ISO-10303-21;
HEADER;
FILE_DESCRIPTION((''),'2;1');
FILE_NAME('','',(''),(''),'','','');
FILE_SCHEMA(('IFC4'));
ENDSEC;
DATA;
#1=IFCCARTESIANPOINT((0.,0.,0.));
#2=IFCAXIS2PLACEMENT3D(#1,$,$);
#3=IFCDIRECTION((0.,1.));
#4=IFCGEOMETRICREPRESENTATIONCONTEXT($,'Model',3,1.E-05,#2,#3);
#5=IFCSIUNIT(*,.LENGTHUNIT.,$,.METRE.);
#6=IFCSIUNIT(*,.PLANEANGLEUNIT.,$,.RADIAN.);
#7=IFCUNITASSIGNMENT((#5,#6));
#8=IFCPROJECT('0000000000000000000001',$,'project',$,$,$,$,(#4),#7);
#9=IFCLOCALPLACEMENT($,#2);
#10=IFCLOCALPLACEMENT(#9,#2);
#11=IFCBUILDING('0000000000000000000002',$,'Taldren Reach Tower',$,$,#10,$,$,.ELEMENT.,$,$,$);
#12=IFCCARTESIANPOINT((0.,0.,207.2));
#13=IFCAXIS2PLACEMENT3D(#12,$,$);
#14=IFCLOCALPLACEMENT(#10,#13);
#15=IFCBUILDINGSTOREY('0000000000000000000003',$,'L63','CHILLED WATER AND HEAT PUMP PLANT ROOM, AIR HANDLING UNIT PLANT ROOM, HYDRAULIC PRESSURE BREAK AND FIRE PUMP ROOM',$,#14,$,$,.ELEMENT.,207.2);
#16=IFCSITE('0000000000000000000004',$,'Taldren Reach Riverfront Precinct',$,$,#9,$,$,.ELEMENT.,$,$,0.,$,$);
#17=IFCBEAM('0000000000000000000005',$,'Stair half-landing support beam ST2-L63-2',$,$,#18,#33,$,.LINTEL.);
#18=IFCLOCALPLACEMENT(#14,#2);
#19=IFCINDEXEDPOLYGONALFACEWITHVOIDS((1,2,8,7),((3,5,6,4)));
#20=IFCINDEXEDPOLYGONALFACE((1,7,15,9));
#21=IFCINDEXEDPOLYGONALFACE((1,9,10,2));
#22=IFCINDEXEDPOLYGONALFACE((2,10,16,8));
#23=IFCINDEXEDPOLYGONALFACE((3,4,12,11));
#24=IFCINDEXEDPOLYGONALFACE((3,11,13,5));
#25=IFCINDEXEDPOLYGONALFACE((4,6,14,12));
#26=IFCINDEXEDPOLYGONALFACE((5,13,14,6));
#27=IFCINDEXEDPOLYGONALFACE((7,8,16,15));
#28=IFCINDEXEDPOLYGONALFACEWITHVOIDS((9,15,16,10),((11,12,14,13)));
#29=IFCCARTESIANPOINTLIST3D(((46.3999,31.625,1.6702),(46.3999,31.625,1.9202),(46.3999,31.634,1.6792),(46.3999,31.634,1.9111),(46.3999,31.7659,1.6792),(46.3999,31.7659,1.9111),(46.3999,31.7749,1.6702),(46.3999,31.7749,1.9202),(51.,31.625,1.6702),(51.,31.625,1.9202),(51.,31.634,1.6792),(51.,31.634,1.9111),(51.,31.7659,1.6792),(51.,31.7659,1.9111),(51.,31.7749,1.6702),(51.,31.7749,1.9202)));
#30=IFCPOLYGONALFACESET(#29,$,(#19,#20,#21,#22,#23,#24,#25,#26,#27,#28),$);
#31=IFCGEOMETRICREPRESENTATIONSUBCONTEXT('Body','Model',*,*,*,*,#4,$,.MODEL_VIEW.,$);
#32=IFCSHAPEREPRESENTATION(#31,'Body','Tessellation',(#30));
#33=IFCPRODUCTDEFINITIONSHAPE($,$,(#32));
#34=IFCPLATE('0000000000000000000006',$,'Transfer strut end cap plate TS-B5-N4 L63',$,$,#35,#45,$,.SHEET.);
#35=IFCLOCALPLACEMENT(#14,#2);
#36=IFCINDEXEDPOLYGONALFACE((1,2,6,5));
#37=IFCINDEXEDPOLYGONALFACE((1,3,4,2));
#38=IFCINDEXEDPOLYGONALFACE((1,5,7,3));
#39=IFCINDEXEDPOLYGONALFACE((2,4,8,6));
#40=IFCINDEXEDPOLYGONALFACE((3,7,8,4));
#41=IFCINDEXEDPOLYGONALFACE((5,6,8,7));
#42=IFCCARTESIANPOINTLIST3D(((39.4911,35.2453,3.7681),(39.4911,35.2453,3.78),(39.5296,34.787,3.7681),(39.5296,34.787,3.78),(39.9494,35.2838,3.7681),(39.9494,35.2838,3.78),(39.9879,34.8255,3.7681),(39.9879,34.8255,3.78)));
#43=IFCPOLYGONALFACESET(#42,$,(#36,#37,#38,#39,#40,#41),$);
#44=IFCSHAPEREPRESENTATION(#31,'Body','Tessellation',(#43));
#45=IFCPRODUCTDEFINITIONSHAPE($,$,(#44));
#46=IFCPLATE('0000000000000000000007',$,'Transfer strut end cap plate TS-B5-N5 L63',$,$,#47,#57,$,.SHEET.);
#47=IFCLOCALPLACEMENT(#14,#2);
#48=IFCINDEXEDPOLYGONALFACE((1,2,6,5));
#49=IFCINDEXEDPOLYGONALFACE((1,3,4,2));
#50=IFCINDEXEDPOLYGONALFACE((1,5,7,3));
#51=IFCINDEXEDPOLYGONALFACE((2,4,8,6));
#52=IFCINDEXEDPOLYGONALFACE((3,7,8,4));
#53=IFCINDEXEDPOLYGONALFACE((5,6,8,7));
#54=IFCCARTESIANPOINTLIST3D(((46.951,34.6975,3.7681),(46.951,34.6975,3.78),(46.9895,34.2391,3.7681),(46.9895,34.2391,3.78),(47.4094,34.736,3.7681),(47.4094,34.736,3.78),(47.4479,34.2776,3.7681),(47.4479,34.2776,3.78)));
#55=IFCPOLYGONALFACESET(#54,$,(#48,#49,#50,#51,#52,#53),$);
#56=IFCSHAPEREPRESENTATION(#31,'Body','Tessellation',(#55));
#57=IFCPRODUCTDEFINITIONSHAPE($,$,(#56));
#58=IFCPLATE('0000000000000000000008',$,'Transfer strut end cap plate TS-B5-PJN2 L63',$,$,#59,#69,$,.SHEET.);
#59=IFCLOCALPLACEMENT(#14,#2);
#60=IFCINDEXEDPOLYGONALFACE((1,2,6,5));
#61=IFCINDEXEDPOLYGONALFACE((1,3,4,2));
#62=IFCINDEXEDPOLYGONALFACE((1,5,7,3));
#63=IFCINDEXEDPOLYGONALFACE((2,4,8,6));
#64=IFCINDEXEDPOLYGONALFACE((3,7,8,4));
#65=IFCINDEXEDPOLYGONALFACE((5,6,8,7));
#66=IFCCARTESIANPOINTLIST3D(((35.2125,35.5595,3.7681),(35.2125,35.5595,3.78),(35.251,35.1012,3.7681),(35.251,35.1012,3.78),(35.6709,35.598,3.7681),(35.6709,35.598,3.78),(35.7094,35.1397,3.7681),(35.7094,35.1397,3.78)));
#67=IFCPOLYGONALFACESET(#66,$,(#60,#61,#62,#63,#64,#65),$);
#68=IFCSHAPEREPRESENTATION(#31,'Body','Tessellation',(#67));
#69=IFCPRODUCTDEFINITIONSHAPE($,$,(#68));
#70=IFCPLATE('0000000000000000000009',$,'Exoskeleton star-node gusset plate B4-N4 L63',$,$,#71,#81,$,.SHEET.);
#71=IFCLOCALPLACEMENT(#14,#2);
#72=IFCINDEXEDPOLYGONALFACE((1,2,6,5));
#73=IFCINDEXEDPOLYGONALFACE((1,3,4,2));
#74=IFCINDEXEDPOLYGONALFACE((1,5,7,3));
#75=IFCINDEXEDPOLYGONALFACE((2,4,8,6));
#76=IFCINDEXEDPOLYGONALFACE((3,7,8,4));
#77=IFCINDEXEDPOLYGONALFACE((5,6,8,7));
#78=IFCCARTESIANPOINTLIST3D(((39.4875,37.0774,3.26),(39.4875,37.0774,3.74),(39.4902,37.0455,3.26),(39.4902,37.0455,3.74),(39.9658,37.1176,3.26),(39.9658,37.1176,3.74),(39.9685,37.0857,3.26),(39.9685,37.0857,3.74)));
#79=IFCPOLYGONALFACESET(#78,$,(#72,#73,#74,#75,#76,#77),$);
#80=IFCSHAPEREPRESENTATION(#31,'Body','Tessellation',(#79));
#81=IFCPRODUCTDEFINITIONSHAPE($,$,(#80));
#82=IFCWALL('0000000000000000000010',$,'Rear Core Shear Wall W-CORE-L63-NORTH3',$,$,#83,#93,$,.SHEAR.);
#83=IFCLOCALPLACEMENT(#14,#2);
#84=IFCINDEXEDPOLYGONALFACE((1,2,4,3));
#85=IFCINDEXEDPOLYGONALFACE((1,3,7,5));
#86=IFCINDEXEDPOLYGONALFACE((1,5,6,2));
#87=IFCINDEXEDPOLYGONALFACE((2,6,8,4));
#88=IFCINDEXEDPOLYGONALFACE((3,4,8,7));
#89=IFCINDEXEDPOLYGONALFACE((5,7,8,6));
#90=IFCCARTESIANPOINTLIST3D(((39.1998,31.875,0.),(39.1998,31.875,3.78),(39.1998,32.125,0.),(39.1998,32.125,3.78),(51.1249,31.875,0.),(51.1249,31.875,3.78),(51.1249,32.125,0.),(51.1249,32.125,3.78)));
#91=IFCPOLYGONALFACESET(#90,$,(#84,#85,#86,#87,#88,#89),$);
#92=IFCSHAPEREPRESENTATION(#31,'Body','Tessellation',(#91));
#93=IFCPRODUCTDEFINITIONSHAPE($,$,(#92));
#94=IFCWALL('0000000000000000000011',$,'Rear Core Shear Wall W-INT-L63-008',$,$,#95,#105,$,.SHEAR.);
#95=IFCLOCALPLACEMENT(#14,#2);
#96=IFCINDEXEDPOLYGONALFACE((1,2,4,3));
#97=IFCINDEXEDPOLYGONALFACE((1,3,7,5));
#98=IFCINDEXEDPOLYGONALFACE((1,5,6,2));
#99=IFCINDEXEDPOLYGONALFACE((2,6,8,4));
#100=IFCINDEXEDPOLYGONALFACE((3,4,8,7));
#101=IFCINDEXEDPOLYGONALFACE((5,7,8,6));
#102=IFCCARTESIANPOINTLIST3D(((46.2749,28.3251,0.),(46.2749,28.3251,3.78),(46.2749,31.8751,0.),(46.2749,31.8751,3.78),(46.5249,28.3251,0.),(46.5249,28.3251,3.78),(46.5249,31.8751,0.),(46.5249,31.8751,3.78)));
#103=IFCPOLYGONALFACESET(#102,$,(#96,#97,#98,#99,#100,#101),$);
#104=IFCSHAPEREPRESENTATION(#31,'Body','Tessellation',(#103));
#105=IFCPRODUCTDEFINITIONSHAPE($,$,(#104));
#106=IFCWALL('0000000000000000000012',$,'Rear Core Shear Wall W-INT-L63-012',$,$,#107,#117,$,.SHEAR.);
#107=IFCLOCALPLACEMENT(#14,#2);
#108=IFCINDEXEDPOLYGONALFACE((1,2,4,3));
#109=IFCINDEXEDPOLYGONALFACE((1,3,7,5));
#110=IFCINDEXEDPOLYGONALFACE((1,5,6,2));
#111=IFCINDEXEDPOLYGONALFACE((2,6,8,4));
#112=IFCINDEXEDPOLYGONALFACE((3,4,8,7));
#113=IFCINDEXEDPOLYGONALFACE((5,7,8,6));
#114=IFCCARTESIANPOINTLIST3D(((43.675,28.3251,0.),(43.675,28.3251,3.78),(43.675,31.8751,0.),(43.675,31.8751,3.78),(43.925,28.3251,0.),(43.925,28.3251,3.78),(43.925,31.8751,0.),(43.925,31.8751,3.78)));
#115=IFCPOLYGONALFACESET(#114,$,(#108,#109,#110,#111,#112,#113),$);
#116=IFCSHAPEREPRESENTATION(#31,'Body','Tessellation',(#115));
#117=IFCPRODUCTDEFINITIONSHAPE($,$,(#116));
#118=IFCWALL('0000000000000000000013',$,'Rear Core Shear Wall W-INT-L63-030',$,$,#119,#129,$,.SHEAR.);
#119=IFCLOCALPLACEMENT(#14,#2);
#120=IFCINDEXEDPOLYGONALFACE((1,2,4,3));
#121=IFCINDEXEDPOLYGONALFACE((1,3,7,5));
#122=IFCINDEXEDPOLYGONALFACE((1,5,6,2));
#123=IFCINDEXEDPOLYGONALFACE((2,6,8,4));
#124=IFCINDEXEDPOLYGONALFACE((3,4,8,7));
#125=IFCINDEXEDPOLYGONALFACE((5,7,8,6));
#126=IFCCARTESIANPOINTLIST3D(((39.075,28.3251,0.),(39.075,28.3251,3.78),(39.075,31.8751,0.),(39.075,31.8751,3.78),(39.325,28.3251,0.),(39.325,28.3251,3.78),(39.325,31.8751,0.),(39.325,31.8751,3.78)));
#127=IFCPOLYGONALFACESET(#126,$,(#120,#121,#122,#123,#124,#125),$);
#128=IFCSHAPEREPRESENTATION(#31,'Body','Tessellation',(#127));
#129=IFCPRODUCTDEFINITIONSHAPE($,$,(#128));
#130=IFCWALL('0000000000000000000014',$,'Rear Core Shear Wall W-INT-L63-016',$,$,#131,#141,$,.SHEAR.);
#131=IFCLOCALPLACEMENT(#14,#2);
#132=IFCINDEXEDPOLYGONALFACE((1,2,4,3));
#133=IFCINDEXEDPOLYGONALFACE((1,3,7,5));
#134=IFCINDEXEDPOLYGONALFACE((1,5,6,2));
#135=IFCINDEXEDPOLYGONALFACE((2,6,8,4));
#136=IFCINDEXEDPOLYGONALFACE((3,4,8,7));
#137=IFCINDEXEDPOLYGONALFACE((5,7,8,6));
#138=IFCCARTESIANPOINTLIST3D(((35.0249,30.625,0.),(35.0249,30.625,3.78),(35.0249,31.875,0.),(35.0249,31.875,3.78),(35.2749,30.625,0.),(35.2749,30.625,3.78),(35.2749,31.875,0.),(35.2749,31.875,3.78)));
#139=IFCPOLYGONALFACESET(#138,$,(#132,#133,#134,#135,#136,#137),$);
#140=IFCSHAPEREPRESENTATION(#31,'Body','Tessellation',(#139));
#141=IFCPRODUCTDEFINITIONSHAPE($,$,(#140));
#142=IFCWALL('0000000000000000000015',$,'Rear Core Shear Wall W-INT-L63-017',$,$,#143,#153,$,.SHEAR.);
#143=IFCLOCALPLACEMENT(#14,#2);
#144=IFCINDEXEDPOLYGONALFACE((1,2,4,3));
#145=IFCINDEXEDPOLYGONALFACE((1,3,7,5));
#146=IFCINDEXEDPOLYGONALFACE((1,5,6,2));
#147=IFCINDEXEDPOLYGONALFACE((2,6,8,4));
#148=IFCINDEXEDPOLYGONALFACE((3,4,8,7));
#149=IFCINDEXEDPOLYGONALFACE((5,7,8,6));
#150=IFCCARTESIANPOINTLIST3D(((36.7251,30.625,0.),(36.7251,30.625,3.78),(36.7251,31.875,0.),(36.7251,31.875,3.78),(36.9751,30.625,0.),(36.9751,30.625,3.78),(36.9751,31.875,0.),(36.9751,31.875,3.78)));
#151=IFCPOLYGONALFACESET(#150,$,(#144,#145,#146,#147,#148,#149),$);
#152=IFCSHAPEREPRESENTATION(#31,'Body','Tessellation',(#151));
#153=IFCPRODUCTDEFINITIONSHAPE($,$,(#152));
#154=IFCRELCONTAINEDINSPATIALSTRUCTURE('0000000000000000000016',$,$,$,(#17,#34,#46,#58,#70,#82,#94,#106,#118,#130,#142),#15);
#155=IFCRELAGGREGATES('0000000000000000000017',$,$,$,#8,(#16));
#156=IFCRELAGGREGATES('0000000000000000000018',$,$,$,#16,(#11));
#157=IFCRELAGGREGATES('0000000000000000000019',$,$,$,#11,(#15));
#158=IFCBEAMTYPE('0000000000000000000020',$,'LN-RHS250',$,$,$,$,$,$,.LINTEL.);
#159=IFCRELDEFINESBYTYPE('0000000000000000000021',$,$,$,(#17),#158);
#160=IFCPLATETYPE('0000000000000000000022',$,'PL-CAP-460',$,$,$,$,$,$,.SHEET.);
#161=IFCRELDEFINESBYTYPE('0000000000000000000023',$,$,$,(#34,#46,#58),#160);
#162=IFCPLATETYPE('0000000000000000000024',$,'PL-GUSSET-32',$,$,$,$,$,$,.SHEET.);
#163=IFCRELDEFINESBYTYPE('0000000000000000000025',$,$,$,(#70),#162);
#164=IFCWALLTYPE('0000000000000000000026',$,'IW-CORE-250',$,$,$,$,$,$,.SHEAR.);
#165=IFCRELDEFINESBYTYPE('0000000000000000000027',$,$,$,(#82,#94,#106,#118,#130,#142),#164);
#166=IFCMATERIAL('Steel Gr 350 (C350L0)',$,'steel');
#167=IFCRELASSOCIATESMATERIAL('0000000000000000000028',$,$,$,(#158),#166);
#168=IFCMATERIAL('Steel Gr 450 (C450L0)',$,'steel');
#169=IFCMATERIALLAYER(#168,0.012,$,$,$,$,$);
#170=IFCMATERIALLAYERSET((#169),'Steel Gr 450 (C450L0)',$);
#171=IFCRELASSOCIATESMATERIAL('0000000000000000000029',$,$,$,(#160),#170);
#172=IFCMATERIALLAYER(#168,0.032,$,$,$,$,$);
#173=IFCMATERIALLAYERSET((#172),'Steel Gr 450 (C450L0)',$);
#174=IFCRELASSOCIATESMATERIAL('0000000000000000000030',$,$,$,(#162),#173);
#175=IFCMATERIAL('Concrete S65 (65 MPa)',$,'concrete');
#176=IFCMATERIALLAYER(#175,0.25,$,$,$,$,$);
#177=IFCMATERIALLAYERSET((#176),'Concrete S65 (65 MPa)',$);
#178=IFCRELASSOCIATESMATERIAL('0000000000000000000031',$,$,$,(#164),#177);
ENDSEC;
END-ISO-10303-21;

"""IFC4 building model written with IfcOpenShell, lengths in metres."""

from ifc_helpers import new_model, si_unit, direction, frame, frame_2d, origin, origin_2d, place, context, subcontext, project, spatial, rectangle, hollow_rectangle, extrude, source, transform, mapped, material, layer, layer_set, material_profile, profile_set, type_object, element, save


model = new_model("IFC4")

# Units and contexts
model_context = context("Model", 3, precision=1e-05, world=origin(), true_north=direction((0.0, 1.0)))
body_context = subcontext(model_context, "Body", "Model", "MODEL_VIEW")
ifc_project = project(units=[si_unit("LENGTHUNIT", "METRE"), si_unit("PLANEANGLEUNIT", "RADIAN")], contexts=[model_context])

# Site, building, storey
site_placement = place(None, origin())
site = spatial("IfcSite", under=ifc_project, at=site_placement, Name="Taldren Reach Riverfront Precinct", CompositionType="ELEMENT", RefElevation=0.0)
building_placement = place(site_placement, origin())
building = spatial("IfcBuilding", under=site, at=building_placement, Name="Taldren Reach Tower", CompositionType="ELEMENT")
storey_placement = place(building_placement, frame((0.0, 0.0, 207.2)))
storey = spatial("IfcBuildingStorey", under=building, at=storey_placement, Name="L63", Description="CHILLED WATER AND HEAT PUMP PLANT ROOM, AIR HANDLING UNIT PLANT ROOM, HYDRAULIC PRESSURE BREAK AND FIRE PUMP ROOM", CompositionType="ELEMENT", Elevation=207.2)

# Shared definitions
ifc_material_1 = material(Name="Steel Gr 450 (C450L0)", Category="steel")

# Shared definitions
ifc_material_2 = material(Name="Steel Gr 350 (C350L0)", Category="steel")

# Beam
ifc_material_profile_1 = material_profile(ifc_material_2, hollow_rectangle(XDim=0.1499, YDim=0.25, WallThickness=0.009, at=origin_2d()), Name="250x150x9.0RHS")
ifc_profile_set_1 = profile_set([ifc_material_profile_1], Name="Steel Gr 350 (C350L0)")
beam_type_1 = type_object("IfcBeamType", Name="LN-RHS250", PredefinedType="LINTEL", material=ifc_profile_set_1)
shared_shape_1 = source(origin(), body_context, "Body", "SweptSolid", [
    extrude(hollow_rectangle(XDim=0.1499, YDim=0.25, WallThickness=0.009, at=origin_2d()), origin(), (0.0, 0.0, 1.0), 4.6001),
])
beam_1_placement = place(storey_placement, frame((46.3999, 31.7, 1.7952), z_axis=(1.0, 0.0, 0.0), x_axis=(0.0, 1.0, 0.0)))
element("IfcBeam", 1, at=beam_1_placement, inside=storey, type_object=beam_type_1, Name="Stair half-landing support beam ST2-L63-2", PredefinedType="LINTEL", context=body_context, shape_type="MappedRepresentation", body=[
    mapped(shared_shape_1, transform((0.0, 0.0, 0.0), scale=1.0)),
])

# Plates
ifc_layer_1 = layer(ifc_material_1, 0.012)
ifc_layer_set_1 = layer_set([ifc_layer_1], Name="Steel Gr 450 (C450L0)")
plate_type_1 = type_object("IfcPlateType", Name="PL-CAP-460", PredefinedType="SHEET", material=ifc_layer_set_1)
shared_shape_2 = source(origin(), body_context, "Body", "SweptSolid", [
    extrude(rectangle(XDim=0.46, YDim=0.46, at=origin_2d()), origin(), (0.0, 0.0, 1.0), 0.012),
])
for number, where, z_axis, x_axis, name in (
    (2, (39.7395, 35.0354, 3.7681), (0.0, 0.0, 1.0), (0.996493, 0.083678, 0.0), "Transfer strut end cap plate TS-B5-N4 L63"),
    (3, (47.1995, 34.4875, 3.7681), (0.0, 0.0, 1.0), (0.996493, 0.083678, 0.0), "Transfer strut end cap plate TS-B5-N5 L63"),
    (4, (35.4609, 35.3496, 3.7681), (0.0, 0.0, 1.0), (0.996493, 0.083678, 0.0), "Transfer strut end cap plate TS-B5-PJN2 L63"),
):
    element("IfcPlate", number, at=place(storey_placement, frame(where, z_axis=z_axis, x_axis=x_axis)), inside=storey, type_object=plate_type_1, Name=name, PredefinedType="SHEET", context=body_context, shape_type="MappedRepresentation", body=[
        mapped(shared_shape_2, transform((0.0, 0.0, 0.0), scale=1.0)),
    ])
ifc_layer_2 = layer(ifc_material_1, 0.032)
ifc_layer_set_2 = layer_set([ifc_layer_2], Name="Steel Gr 450 (C450L0)")
plate_type_2 = type_object("IfcPlateType", Name="PL-GUSSET-32", PredefinedType="SHEET", material=ifc_layer_set_2)
shared_shape_3 = source(origin(), body_context, "Body", "SweptSolid", [
    extrude(rectangle(XDim=0.48, YDim=0.032, at=origin_2d()), origin(), (0.0, 0.0, 1.0), 0.48),
])
plate_placement = place(storey_placement, frame((39.728, 37.0815, 3.26), z_axis=(0.0, 0.0, 1.0), x_axis=(0.996493, 0.083678, 0.0)))
element("IfcPlate", 5, at=plate_placement, inside=storey, type_object=plate_type_2, Name="Exoskeleton star-node gusset plate B4-N4 L63", PredefinedType="SHEET", context=body_context, shape_type="MappedRepresentation", body=[
    mapped(shared_shape_3, transform((0.0, 0.0, 0.0), scale=1.0)),
])

# Walls
ifc_material_3 = material(Name="Concrete S65 (65 MPa)", Category="concrete")
ifc_layer_3 = layer(ifc_material_3, 0.25)
ifc_layer_set_3 = layer_set([ifc_layer_3], Name="Concrete S65 (65 MPa)")
wall_type = type_object("IfcWallType", Name="IW-CORE-250", PredefinedType="SHEAR", material=ifc_layer_set_3)
shared_shape_4 = source(origin(), body_context, "Body", "SweptSolid", [
    extrude(rectangle(XDim=11.925, YDim=0.25, at=frame_2d((5.9624, 0.0))), origin(), (0.0, 0.0, 1.0), 3.78),
])
wall_placement = place(storey_placement, frame((39.2, 32.0, 0.0), z_axis=(0.0, 0.0, 1.0), x_axis=(1.0, 0.0, 0.0)))
element("IfcWall", 6, at=wall_placement, inside=storey, type_object=wall_type, Name="Rear Core Shear Wall W-CORE-L63-NORTH3", PredefinedType="SHEAR", context=body_context, shape_type="MappedRepresentation", body=[
    mapped(shared_shape_4, transform((0.0, 0.0, 0.0), scale=1.0)),
])
shared_shape_5 = source(origin(), body_context, "Body", "SweptSolid", [
    extrude(rectangle(XDim=3.55, YDim=0.25, at=frame_2d((1.7749, 0.0))), origin(), (0.0, 0.0, 1.0), 3.78),
])
for number, where, z_axis, x_axis, name in (
    (7, (46.3999, 31.875, 0.0), (0.0, 0.0, 1.0), (0.0, -1.0, 0.0), "Rear Core Shear Wall W-INT-L63-008"),
    (8, (43.8, 31.875, 0.0), (0.0, 0.0, 1.0), (0.0, -1.0, 0.0), "Rear Core Shear Wall W-INT-L63-012"),
    (9, (39.2, 31.875, 0.0), (0.0, 0.0, 1.0), (0.0, -1.0, 0.0), "Rear Core Shear Wall W-INT-L63-030"),
):
    element("IfcWall", number, at=place(storey_placement, frame(where, z_axis=z_axis, x_axis=x_axis)), inside=storey, type_object=wall_type, Name=name, PredefinedType="SHEAR", context=body_context, shape_type="MappedRepresentation", body=[
        mapped(shared_shape_5, transform((0.0, 0.0, 0.0), scale=1.0)),
    ])
shared_shape_6 = source(origin(), body_context, "Body", "SweptSolid", [
    extrude(rectangle(XDim=1.25, YDim=0.25, at=frame_2d((0.625, 0.0))), origin(), (0.0, 0.0, 1.0), 3.78),
])
for number, where, z_axis, x_axis, name in (
    (10, (35.1499, 31.875, 0.0), (0.0, 0.0, 1.0), (0.0, -1.0, 0.0), "Rear Core Shear Wall W-INT-L63-016"),
    (11, (36.8501, 30.625, 0.0), (0.0, 0.0, 1.0), (0.0, 1.0, 0.0), "Rear Core Shear Wall W-INT-L63-017"),
):
    element("IfcWall", number, at=place(storey_placement, frame(where, z_axis=z_axis, x_axis=x_axis)), inside=storey, type_object=wall_type, Name=name, PredefinedType="SHEAR", context=body_context, shape_type="MappedRepresentation", body=[
        mapped(shared_shape_6, transform((0.0, 0.0, 0.0), scale=1.0)),
    ])

save(model, "model.ifc")
